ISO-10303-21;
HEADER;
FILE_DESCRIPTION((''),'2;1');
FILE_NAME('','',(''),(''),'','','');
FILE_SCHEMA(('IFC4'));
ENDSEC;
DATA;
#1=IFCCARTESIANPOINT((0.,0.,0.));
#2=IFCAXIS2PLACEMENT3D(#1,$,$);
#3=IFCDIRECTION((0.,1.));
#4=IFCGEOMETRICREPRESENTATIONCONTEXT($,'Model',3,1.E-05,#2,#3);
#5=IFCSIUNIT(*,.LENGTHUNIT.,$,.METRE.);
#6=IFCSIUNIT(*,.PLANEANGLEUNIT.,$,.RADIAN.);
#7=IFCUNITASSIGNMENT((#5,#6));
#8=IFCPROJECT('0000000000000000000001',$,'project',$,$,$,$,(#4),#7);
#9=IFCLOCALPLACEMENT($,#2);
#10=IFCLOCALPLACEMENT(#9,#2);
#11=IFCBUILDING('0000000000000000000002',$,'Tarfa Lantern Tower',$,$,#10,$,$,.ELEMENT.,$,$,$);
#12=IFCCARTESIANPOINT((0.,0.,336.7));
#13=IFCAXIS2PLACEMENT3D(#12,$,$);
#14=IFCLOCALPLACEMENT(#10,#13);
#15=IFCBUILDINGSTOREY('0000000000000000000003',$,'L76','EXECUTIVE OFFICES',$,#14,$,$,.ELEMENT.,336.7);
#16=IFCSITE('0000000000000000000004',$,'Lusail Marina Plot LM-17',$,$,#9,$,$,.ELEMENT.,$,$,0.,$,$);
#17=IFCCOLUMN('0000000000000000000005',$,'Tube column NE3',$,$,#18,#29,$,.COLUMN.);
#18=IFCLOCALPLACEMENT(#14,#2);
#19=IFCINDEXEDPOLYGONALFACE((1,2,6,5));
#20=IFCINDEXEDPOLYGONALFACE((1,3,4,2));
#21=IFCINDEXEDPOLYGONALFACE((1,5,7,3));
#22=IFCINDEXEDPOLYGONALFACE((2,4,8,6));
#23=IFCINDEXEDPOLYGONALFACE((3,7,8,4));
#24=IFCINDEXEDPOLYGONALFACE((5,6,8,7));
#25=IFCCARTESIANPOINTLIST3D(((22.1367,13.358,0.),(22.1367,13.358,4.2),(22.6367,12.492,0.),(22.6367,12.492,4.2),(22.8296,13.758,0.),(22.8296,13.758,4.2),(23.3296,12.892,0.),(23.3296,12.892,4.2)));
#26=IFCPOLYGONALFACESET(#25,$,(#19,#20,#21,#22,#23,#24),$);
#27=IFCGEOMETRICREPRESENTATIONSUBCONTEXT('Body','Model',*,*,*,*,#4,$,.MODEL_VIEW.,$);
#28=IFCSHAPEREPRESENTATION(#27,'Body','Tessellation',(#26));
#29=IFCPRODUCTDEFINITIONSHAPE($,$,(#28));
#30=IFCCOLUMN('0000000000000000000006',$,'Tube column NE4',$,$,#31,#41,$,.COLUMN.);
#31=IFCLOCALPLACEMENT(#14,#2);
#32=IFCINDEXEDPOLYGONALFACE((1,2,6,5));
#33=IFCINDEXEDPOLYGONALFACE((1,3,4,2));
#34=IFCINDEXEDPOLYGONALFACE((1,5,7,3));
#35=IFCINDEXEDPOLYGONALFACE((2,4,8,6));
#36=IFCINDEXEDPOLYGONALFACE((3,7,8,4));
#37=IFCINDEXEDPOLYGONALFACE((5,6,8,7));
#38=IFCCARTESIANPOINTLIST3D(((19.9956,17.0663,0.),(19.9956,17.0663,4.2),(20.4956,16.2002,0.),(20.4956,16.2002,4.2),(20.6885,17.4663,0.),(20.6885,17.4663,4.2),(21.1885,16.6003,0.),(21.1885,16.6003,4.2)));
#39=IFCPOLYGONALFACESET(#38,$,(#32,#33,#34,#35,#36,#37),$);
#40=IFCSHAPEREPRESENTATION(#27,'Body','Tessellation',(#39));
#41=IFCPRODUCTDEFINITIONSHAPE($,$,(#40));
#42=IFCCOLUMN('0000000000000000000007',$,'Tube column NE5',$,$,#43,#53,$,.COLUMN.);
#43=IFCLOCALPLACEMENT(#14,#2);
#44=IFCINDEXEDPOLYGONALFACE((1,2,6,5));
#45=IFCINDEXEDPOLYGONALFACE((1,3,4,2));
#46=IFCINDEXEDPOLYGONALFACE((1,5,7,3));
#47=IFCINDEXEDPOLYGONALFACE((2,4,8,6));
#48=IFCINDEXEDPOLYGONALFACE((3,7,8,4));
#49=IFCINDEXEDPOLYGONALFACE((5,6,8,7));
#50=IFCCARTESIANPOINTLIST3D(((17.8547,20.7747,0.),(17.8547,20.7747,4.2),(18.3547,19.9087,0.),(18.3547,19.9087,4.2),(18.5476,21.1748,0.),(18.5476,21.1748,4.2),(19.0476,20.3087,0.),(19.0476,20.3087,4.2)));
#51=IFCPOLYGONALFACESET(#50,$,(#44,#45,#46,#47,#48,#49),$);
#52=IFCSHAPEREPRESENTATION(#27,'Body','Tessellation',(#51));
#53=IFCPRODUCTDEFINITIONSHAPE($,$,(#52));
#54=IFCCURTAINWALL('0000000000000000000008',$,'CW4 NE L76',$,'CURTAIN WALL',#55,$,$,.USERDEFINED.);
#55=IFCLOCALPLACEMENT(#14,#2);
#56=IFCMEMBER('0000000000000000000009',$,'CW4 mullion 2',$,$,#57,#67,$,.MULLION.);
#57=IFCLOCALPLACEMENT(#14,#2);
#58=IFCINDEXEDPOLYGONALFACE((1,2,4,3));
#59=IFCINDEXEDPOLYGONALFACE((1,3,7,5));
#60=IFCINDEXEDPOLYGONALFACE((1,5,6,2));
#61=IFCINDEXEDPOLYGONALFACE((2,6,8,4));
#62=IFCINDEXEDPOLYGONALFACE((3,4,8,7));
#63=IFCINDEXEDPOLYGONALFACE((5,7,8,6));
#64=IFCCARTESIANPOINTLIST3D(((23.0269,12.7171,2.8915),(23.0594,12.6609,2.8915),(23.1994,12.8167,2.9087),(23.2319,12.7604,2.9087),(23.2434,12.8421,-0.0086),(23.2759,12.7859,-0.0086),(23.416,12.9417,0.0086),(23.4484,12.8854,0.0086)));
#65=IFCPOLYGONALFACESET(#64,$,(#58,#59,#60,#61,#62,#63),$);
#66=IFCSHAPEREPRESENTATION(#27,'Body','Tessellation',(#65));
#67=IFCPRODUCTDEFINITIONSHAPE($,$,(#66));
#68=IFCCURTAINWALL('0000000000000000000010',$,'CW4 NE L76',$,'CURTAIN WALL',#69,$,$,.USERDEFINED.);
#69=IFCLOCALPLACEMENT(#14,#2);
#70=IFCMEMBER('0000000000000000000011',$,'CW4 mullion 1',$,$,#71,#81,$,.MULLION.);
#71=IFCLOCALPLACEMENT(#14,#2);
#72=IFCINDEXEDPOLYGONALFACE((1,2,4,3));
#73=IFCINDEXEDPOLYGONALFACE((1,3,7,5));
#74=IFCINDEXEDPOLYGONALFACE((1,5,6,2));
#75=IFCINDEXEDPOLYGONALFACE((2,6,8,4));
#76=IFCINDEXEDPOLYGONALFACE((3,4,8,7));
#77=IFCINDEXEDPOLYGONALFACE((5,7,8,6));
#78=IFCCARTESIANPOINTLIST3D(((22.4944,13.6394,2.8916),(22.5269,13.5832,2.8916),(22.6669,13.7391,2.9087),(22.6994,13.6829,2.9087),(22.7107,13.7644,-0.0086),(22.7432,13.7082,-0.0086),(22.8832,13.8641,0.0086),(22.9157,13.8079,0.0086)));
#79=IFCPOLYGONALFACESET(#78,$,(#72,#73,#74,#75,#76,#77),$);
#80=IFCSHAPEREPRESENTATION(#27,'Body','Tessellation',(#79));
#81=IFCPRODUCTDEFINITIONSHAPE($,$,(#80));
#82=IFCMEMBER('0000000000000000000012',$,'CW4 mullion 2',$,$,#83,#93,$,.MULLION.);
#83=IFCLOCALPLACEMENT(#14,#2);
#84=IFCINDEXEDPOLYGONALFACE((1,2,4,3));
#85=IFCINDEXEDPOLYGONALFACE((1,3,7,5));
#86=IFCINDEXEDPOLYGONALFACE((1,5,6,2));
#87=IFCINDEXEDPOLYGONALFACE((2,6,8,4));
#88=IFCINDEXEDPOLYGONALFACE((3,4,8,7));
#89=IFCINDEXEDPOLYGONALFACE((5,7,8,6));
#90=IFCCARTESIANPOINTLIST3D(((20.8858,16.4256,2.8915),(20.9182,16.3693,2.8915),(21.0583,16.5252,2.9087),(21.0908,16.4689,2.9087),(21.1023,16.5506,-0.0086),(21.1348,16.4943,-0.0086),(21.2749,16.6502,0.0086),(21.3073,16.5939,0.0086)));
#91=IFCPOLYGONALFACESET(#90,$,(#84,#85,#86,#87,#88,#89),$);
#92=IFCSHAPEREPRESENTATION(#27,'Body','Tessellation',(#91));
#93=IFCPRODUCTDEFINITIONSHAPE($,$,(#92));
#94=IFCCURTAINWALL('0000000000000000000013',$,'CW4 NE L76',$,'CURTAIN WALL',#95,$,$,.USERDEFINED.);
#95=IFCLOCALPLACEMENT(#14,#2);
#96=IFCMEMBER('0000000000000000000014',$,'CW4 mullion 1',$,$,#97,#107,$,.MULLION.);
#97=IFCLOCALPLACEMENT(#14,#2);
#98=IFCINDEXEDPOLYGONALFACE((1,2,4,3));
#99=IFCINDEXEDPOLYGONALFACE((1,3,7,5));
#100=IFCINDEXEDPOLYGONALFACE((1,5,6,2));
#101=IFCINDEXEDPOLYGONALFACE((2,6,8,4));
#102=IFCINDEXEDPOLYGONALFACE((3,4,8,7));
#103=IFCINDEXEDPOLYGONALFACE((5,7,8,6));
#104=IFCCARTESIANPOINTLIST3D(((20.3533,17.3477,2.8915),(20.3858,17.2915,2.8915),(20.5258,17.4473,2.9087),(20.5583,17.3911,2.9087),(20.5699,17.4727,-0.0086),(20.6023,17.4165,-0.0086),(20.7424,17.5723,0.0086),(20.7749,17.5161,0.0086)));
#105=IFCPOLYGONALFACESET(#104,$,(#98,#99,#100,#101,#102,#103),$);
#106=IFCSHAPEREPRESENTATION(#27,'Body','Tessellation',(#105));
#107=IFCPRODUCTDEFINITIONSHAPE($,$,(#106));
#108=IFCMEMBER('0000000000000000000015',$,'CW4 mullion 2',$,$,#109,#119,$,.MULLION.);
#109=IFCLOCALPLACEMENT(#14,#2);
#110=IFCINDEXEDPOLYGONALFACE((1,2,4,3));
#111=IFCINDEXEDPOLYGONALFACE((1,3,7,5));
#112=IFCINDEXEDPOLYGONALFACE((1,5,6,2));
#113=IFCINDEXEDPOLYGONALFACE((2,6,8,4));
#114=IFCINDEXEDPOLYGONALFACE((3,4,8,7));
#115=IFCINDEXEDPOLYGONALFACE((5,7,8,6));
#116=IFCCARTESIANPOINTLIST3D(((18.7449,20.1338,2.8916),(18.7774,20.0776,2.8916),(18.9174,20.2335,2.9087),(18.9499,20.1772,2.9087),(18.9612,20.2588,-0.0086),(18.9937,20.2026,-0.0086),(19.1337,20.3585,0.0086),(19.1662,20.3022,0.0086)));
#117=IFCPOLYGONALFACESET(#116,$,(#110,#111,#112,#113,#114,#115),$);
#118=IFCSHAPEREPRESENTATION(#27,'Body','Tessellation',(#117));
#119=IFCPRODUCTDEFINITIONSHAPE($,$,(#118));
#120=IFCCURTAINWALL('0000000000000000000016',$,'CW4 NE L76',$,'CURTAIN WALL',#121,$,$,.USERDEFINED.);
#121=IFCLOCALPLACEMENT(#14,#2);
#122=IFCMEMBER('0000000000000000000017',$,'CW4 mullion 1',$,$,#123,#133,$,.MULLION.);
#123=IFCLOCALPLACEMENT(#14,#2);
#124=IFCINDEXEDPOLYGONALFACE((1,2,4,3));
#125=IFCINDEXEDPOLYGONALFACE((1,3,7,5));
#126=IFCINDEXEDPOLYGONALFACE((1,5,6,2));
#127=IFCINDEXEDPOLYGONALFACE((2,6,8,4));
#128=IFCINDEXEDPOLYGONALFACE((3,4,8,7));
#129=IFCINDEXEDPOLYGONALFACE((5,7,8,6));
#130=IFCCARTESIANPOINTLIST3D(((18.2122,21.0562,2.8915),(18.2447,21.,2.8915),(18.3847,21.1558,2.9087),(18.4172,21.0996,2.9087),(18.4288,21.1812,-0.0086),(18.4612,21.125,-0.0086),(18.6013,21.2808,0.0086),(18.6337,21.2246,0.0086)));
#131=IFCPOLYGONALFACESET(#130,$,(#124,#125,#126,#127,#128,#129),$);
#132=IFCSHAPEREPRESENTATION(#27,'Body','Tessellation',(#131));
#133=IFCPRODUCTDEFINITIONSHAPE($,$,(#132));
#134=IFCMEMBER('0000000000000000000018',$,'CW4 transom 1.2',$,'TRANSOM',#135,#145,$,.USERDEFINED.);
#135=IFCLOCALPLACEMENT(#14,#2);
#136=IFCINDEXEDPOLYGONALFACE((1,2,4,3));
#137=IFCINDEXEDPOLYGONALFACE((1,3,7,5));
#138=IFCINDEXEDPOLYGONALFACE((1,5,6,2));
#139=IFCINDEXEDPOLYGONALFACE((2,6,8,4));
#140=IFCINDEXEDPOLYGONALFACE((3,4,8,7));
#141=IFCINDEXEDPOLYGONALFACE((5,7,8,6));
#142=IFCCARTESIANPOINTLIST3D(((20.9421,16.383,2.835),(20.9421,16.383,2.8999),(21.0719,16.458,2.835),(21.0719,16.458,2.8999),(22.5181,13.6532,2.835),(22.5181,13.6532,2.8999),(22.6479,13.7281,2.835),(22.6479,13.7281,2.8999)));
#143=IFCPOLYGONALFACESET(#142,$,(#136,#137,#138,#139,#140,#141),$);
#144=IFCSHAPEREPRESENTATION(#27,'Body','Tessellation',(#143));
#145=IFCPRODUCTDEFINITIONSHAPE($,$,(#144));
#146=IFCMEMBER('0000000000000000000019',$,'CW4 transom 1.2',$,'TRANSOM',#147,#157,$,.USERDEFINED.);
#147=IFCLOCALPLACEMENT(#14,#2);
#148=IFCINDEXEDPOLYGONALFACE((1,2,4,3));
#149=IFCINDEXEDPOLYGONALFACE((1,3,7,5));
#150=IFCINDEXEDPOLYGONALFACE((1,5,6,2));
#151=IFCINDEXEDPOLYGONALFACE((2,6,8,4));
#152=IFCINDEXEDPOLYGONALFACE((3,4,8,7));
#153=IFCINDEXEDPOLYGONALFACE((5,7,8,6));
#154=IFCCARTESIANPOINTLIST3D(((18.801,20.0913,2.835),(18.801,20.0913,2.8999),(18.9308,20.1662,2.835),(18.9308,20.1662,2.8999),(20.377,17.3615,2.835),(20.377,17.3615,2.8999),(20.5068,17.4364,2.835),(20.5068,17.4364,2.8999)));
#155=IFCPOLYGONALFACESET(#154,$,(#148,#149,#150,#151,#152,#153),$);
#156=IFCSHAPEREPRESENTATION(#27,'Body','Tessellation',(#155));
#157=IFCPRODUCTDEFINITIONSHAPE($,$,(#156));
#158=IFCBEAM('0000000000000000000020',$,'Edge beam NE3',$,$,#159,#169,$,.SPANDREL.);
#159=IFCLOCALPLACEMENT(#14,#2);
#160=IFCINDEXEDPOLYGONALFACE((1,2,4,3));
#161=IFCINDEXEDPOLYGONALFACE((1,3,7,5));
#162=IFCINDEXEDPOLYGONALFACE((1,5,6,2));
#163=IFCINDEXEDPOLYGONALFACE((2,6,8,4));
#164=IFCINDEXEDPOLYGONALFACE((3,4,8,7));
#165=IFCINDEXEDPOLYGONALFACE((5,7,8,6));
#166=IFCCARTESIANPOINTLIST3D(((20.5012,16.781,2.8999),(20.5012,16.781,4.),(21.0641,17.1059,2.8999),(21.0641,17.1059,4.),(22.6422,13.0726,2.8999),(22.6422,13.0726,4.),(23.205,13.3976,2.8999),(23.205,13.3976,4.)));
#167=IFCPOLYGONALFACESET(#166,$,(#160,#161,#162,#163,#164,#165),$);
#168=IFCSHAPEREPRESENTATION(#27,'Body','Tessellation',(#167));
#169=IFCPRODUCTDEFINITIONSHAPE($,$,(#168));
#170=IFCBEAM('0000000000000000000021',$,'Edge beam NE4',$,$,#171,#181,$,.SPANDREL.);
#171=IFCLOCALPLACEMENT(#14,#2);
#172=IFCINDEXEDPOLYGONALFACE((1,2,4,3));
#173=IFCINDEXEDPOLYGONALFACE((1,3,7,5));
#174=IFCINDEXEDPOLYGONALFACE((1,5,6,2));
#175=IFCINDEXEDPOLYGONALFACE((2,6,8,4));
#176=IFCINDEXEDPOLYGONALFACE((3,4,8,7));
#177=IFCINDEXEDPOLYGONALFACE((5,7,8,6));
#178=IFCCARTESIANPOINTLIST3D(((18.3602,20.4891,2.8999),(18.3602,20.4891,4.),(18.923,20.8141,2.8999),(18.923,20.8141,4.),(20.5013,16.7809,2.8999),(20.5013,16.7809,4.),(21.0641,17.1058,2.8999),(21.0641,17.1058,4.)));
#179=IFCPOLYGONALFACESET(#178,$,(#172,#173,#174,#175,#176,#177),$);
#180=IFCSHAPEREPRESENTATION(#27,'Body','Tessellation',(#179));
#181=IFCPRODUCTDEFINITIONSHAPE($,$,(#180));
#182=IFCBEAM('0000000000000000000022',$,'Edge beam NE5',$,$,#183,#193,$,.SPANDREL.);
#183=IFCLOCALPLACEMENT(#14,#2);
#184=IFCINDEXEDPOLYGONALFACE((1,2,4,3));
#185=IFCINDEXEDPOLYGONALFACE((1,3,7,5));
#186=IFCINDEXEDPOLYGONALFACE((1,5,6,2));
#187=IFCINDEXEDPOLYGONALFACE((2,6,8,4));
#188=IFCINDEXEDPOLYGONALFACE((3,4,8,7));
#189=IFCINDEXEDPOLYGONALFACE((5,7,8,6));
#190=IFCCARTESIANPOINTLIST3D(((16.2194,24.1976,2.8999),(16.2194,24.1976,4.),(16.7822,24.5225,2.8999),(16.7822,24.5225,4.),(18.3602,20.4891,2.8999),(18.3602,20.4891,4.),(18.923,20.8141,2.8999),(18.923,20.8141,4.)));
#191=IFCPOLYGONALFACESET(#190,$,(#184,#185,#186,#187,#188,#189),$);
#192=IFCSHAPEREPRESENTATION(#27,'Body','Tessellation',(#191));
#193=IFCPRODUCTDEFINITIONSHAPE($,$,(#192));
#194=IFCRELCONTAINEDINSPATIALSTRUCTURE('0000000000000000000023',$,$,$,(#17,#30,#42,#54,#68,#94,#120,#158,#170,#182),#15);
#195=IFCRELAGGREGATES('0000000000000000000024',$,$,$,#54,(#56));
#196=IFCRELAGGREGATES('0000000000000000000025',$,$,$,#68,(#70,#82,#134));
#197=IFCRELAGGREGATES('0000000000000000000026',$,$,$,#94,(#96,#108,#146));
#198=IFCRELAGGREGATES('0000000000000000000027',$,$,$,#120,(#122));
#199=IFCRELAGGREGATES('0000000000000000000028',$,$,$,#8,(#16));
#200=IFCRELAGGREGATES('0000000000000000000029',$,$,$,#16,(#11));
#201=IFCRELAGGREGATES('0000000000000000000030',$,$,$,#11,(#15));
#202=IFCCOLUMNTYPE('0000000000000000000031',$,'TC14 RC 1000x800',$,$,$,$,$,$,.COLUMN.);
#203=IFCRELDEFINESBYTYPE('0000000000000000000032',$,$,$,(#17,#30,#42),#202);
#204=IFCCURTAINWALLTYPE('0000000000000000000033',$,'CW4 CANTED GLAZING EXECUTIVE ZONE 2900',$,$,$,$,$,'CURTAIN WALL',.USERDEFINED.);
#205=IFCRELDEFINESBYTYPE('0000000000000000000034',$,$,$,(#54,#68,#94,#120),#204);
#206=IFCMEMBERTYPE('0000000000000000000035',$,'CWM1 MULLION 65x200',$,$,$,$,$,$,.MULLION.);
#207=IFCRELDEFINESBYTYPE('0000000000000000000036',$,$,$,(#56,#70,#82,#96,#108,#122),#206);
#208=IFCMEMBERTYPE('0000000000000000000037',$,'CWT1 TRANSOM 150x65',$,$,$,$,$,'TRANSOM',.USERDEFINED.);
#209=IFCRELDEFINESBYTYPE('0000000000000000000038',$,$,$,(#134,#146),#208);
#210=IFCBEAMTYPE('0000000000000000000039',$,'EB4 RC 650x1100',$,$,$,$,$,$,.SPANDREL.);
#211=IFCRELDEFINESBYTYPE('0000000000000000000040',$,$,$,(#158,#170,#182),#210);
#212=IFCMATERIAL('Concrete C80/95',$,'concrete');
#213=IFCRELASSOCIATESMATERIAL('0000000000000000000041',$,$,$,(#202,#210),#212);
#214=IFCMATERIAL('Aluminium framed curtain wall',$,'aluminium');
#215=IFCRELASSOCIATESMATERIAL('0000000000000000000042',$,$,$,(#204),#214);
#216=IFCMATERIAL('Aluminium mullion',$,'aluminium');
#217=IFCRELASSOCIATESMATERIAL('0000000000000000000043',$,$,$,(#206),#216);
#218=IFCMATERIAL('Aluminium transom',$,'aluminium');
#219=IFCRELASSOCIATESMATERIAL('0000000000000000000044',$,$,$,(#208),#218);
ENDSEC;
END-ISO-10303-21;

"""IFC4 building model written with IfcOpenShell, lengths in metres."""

from ifc_helpers import new_model, si_unit, direction, frame, origin, origin_2d, place, context, subcontext, project, spatial, rectangle, extrude, material, material_profile, profile_set, type_object, element, aggregate, save


model = new_model("IFC4")

# Units and contexts
model_context = context("Model", 3, precision=1e-05, world=origin(), true_north=direction((0.0, 1.0)))
body_context = subcontext(model_context, "Body", "Model", "MODEL_VIEW")
ifc_project = project(units=[si_unit("LENGTHUNIT", "METRE"), si_unit("PLANEANGLEUNIT", "RADIAN")], contexts=[model_context])

# Site, building, storey
site_placement = place(None, origin())
site = spatial("IfcSite", under=ifc_project, at=site_placement, Name="Lusail Marina Plot LM-17", CompositionType="ELEMENT", RefElevation=0.0)
building_placement = place(site_placement, origin())
building = spatial("IfcBuilding", under=site, at=building_placement, Name="Tarfa Lantern Tower", CompositionType="ELEMENT")
storey_placement = place(building_placement, frame((0.0, 0.0, 336.7)))
storey = spatial("IfcBuildingStorey", under=building, at=storey_placement, Name="L76", Description="EXECUTIVE OFFICES", CompositionType="ELEMENT", Elevation=336.7)

# Columns
ifc_material_1 = material(Name="Concrete C80/95", Category="concrete")
ifc_material_profile_1 = material_profile(ifc_material_1, rectangle(XDim=1.0, YDim=0.8, at=origin_2d()), Name="RC 1000x800")
ifc_profile_set_1 = profile_set([ifc_material_profile_1], Name="Concrete C80/95")
column_type = type_object("IfcColumnType", Name="TC14 RC 1000x800", PredefinedType="COLUMN", material=ifc_profile_set_1)
for number, where, z_axis, x_axis, name in (
    (1, (22.7332, 13.125, 0.0), (0.0, 0.0, 1.0), (-0.5, 0.866025, 0.0), "Tube column NE3"),
    (2, (20.592, 16.8333, 0.0), (0.0, 0.0, 1.0), (-0.5, 0.866025, 0.0), "Tube column NE4"),
    (3, (18.4512, 20.5417, 0.0), (0.0, 0.0, 1.0), (-0.5, 0.866025, 0.0), "Tube column NE5"),
):
    element("IfcColumn", number, at=place(storey_placement, frame(where, z_axis=z_axis, x_axis=x_axis)), inside=storey, type_object=column_type, Name=name, PredefinedType="COLUMN", context=body_context, shape_type="SweptSolid", body=[
        extrude(rectangle(XDim=1.0, YDim=0.8, at=origin_2d()), origin(), (0.0, 0.0, 1.0), 4.2),
    ])

# Curtain wall, member
ifc_material_2 = material(Name="Aluminium framed curtain wall", Category="aluminium")
curtain_wall_type = type_object("IfcCurtainWallType", Name="CW4 CANTED GLAZING EXECUTIVE ZONE 2900", ElementType="CURTAIN WALL", PredefinedType="USERDEFINED", material=ifc_material_2)
curtain_wall_1_placement = place(storey_placement, origin())
curtain_wall_1 = element("IfcCurtainWall", 4, at=curtain_wall_1_placement, inside=storey, type_object=curtain_wall_type, Name="CW4 NE L76", ObjectType="CURTAIN WALL", PredefinedType="USERDEFINED")
ifc_material_3 = material(Name="Aluminium mullion", Category="aluminium")
ifc_material_profile_2 = material_profile(ifc_material_3, rectangle(XDim=0.0649, YDim=0.2, at=origin_2d()), Name="AL MULLION 65x200")
ifc_profile_set_2 = profile_set([ifc_material_profile_2], Name="Aluminium mullion")
member_type_1 = type_object("IfcMemberType", Name="CWM1 MULLION 65x200", PredefinedType="MULLION", material=ifc_profile_set_2)
member_1_placement = place(storey_placement, frame((23.3459, 12.8638, 0.0), z_axis=(-0.074394, -0.042942, 0.996304), x_axis=(0.49992, -0.866072, 0.0)))
member_1 = element("IfcMember", 5, at=member_1_placement, type_object=member_type_1, Name="CW4 mullion 2", PredefinedType="MULLION", context=body_context, shape_type="SweptSolid", body=[
    extrude(rectangle(XDim=0.0649, YDim=0.2, at=origin_2d()), origin(), (0.0, 0.0, 1.0), 2.9109),
])
aggregate(curtain_wall_1, [member_1])

# Curtain walls, members
curtain_wall_2_placement = place(storey_placement, origin())
curtain_wall_2 = element("IfcCurtainWall", 6, at=curtain_wall_2_placement, inside=storey, type_object=curtain_wall_type, Name="CW4 NE L76", ObjectType="CURTAIN WALL", PredefinedType="USERDEFINED")
member_2_placement = place(storey_placement, frame((22.8132, 13.7861, 0.0), z_axis=(-0.07431, -0.042942, 0.99631), x_axis=(0.500343, -0.865827, 0.0)))
member_2 = element("IfcMember", 7, at=member_2_placement, type_object=member_type_1, Name="CW4 mullion 1", PredefinedType="MULLION", context=body_context, shape_type="SweptSolid", body=[
    extrude(rectangle(XDim=0.0649, YDim=0.2, at=origin_2d()), origin(), (0.0, 0.0, 1.0), 2.9109),
])
member_3_placement = place(storey_placement, frame((21.2048, 16.5723, 0.0), z_axis=(-0.074394, -0.042942, 0.996304), x_axis=(0.49992, -0.866072, 0.0)))
member_3 = element("IfcMember", 8, at=member_3_placement, type_object=member_type_1, Name="CW4 mullion 2", PredefinedType="MULLION", context=body_context, shape_type="SweptSolid", body=[
    extrude(rectangle(XDim=0.0649, YDim=0.2, at=origin_2d()), origin(), (0.0, 0.0, 1.0), 2.9109),
])
curtain_wall_3_placement = place(storey_placement, origin())
curtain_wall_3 = element("IfcCurtainWall", 9, at=curtain_wall_3_placement, inside=storey, type_object=curtain_wall_type, Name="CW4 NE L76", ObjectType="CURTAIN WALL", PredefinedType="USERDEFINED")
member_4_placement = place(storey_placement, frame((20.6724, 17.4944, 0.0), z_axis=(-0.074394, -0.042942, 0.996304), x_axis=(0.49992, -0.866072, 0.0)))
member_4 = element("IfcMember", 10, at=member_4_placement, type_object=member_type_1, Name="CW4 mullion 1", PredefinedType="MULLION", context=body_context, shape_type="SweptSolid", body=[
    extrude(rectangle(XDim=0.0649, YDim=0.2, at=origin_2d()), origin(), (0.0, 0.0, 1.0), 2.9109),
])
member_5_placement = place(storey_placement, frame((19.0637, 20.2805, 0.0), z_axis=(-0.07431, -0.042942, 0.99631), x_axis=(0.500343, -0.865827, 0.0)))
member_5 = element("IfcMember", 11, at=member_5_placement, type_object=member_type_1, Name="CW4 mullion 2", PredefinedType="MULLION", context=body_context, shape_type="SweptSolid", body=[
    extrude(rectangle(XDim=0.0649, YDim=0.2, at=origin_2d()), origin(), (0.0, 0.0, 1.0), 2.9109),
])

# Curtain wall, member
curtain_wall_4_placement = place(storey_placement, origin())
curtain_wall_4 = element("IfcCurtainWall", 12, at=curtain_wall_4_placement, inside=storey, type_object=curtain_wall_type, Name="CW4 NE L76", ObjectType="CURTAIN WALL", PredefinedType="USERDEFINED")
member_6_placement = place(storey_placement, frame((18.5312, 21.2029, 0.0), z_axis=(-0.074394, -0.042942, 0.996304), x_axis=(0.49992, -0.866072, 0.0)))
member_6 = element("IfcMember", 13, at=member_6_placement, type_object=member_type_1, Name="CW4 mullion 1", PredefinedType="MULLION", context=body_context, shape_type="SweptSolid", body=[
    extrude(rectangle(XDim=0.0649, YDim=0.2, at=origin_2d()), origin(), (0.0, 0.0, 1.0), 2.9109),
])

# Members
ifc_material_4 = material(Name="Aluminium transom", Category="aluminium")
ifc_material_profile_3 = material_profile(ifc_material_4, rectangle(XDim=0.1499, YDim=0.0649, at=origin_2d()), Name="AL TRANSOM 150x65")
ifc_profile_set_3 = profile_set([ifc_material_profile_3], Name="Aluminium transom")
member_type_2 = type_object("IfcMemberType", Name="CWT1 TRANSOM 150x65", ElementType="TRANSOM", PredefinedType="USERDEFINED", material=ifc_profile_set_3)
member_7_placement = place(storey_placement, frame((22.583, 13.6907, 2.8674), z_axis=(-0.499979, 0.866037, 0.0), x_axis=(-0.866037, -0.499979, 0.0)))
member_7 = element("IfcMember", 14, at=member_7_placement, type_object=member_type_2, Name="CW4 transom 1.2", ObjectType="TRANSOM", PredefinedType="USERDEFINED", context=body_context, shape_type="SweptSolid", body=[
    extrude(rectangle(XDim=0.1499, YDim=0.0649, at=origin_2d()), origin(), (0.0, 0.0, 1.0), 3.1521),
])
member_8_placement = place(storey_placement, frame((20.4419, 17.3989, 2.8674), z_axis=(-0.499979, 0.866037, 0.0), x_axis=(-0.866037, -0.499979, 0.0)))
member_8 = element("IfcMember", 15, at=member_8_placement, type_object=member_type_2, Name="CW4 transom 1.2", ObjectType="TRANSOM", PredefinedType="USERDEFINED", context=body_context, shape_type="SweptSolid", body=[
    extrude(rectangle(XDim=0.1499, YDim=0.0649, at=origin_2d()), origin(), (0.0, 0.0, 1.0), 3.1521),
])

# Beams
ifc_material_profile_4 = material_profile(ifc_material_1, rectangle(XDim=0.6499, YDim=1.1001, at=origin_2d()), Name="RC 650x1100")
ifc_profile_set_4 = profile_set([ifc_material_profile_4], Name="Concrete C80/95")
beam_type_1 = type_object("IfcBeamType", Name="EB4 RC 650x1100", PredefinedType="SPANDREL", material=ifc_profile_set_4)
for number, where, z_axis, x_axis, name in (
    (16, (22.9236, 13.2351, 3.45), (-0.499984, 0.866035, 0.0), (-0.866035, -0.499984, 0.0), "Edge beam NE3"),
    (17, (20.7827, 16.9434, 3.45), (-0.500027, 0.86601, 0.0), (-0.86601, -0.500027, 0.0), "Edge beam NE4"),
    (18, (18.6416, 20.6516, 3.45), (-0.499959, 0.866049, 0.0), (-0.866049, -0.499959, 0.0), "Edge beam NE5"),
):
    element("IfcBeam", number, at=place(storey_placement, frame(where, z_axis=z_axis, x_axis=x_axis)), inside=storey, type_object=beam_type_1, Name=name, PredefinedType="SPANDREL", context=body_context, shape_type="SweptSolid", body=[
        extrude(rectangle(XDim=0.6499, YDim=1.1001, at=origin_2d()), origin(), (0.0, 0.0, 1.0), 4.282),
    ])

aggregate(curtain_wall_2, [member_2, member_3, member_7])
aggregate(curtain_wall_3, [member_4, member_5, member_8])
aggregate(curtain_wall_4, [member_6])

save(model, "model.ifc")
